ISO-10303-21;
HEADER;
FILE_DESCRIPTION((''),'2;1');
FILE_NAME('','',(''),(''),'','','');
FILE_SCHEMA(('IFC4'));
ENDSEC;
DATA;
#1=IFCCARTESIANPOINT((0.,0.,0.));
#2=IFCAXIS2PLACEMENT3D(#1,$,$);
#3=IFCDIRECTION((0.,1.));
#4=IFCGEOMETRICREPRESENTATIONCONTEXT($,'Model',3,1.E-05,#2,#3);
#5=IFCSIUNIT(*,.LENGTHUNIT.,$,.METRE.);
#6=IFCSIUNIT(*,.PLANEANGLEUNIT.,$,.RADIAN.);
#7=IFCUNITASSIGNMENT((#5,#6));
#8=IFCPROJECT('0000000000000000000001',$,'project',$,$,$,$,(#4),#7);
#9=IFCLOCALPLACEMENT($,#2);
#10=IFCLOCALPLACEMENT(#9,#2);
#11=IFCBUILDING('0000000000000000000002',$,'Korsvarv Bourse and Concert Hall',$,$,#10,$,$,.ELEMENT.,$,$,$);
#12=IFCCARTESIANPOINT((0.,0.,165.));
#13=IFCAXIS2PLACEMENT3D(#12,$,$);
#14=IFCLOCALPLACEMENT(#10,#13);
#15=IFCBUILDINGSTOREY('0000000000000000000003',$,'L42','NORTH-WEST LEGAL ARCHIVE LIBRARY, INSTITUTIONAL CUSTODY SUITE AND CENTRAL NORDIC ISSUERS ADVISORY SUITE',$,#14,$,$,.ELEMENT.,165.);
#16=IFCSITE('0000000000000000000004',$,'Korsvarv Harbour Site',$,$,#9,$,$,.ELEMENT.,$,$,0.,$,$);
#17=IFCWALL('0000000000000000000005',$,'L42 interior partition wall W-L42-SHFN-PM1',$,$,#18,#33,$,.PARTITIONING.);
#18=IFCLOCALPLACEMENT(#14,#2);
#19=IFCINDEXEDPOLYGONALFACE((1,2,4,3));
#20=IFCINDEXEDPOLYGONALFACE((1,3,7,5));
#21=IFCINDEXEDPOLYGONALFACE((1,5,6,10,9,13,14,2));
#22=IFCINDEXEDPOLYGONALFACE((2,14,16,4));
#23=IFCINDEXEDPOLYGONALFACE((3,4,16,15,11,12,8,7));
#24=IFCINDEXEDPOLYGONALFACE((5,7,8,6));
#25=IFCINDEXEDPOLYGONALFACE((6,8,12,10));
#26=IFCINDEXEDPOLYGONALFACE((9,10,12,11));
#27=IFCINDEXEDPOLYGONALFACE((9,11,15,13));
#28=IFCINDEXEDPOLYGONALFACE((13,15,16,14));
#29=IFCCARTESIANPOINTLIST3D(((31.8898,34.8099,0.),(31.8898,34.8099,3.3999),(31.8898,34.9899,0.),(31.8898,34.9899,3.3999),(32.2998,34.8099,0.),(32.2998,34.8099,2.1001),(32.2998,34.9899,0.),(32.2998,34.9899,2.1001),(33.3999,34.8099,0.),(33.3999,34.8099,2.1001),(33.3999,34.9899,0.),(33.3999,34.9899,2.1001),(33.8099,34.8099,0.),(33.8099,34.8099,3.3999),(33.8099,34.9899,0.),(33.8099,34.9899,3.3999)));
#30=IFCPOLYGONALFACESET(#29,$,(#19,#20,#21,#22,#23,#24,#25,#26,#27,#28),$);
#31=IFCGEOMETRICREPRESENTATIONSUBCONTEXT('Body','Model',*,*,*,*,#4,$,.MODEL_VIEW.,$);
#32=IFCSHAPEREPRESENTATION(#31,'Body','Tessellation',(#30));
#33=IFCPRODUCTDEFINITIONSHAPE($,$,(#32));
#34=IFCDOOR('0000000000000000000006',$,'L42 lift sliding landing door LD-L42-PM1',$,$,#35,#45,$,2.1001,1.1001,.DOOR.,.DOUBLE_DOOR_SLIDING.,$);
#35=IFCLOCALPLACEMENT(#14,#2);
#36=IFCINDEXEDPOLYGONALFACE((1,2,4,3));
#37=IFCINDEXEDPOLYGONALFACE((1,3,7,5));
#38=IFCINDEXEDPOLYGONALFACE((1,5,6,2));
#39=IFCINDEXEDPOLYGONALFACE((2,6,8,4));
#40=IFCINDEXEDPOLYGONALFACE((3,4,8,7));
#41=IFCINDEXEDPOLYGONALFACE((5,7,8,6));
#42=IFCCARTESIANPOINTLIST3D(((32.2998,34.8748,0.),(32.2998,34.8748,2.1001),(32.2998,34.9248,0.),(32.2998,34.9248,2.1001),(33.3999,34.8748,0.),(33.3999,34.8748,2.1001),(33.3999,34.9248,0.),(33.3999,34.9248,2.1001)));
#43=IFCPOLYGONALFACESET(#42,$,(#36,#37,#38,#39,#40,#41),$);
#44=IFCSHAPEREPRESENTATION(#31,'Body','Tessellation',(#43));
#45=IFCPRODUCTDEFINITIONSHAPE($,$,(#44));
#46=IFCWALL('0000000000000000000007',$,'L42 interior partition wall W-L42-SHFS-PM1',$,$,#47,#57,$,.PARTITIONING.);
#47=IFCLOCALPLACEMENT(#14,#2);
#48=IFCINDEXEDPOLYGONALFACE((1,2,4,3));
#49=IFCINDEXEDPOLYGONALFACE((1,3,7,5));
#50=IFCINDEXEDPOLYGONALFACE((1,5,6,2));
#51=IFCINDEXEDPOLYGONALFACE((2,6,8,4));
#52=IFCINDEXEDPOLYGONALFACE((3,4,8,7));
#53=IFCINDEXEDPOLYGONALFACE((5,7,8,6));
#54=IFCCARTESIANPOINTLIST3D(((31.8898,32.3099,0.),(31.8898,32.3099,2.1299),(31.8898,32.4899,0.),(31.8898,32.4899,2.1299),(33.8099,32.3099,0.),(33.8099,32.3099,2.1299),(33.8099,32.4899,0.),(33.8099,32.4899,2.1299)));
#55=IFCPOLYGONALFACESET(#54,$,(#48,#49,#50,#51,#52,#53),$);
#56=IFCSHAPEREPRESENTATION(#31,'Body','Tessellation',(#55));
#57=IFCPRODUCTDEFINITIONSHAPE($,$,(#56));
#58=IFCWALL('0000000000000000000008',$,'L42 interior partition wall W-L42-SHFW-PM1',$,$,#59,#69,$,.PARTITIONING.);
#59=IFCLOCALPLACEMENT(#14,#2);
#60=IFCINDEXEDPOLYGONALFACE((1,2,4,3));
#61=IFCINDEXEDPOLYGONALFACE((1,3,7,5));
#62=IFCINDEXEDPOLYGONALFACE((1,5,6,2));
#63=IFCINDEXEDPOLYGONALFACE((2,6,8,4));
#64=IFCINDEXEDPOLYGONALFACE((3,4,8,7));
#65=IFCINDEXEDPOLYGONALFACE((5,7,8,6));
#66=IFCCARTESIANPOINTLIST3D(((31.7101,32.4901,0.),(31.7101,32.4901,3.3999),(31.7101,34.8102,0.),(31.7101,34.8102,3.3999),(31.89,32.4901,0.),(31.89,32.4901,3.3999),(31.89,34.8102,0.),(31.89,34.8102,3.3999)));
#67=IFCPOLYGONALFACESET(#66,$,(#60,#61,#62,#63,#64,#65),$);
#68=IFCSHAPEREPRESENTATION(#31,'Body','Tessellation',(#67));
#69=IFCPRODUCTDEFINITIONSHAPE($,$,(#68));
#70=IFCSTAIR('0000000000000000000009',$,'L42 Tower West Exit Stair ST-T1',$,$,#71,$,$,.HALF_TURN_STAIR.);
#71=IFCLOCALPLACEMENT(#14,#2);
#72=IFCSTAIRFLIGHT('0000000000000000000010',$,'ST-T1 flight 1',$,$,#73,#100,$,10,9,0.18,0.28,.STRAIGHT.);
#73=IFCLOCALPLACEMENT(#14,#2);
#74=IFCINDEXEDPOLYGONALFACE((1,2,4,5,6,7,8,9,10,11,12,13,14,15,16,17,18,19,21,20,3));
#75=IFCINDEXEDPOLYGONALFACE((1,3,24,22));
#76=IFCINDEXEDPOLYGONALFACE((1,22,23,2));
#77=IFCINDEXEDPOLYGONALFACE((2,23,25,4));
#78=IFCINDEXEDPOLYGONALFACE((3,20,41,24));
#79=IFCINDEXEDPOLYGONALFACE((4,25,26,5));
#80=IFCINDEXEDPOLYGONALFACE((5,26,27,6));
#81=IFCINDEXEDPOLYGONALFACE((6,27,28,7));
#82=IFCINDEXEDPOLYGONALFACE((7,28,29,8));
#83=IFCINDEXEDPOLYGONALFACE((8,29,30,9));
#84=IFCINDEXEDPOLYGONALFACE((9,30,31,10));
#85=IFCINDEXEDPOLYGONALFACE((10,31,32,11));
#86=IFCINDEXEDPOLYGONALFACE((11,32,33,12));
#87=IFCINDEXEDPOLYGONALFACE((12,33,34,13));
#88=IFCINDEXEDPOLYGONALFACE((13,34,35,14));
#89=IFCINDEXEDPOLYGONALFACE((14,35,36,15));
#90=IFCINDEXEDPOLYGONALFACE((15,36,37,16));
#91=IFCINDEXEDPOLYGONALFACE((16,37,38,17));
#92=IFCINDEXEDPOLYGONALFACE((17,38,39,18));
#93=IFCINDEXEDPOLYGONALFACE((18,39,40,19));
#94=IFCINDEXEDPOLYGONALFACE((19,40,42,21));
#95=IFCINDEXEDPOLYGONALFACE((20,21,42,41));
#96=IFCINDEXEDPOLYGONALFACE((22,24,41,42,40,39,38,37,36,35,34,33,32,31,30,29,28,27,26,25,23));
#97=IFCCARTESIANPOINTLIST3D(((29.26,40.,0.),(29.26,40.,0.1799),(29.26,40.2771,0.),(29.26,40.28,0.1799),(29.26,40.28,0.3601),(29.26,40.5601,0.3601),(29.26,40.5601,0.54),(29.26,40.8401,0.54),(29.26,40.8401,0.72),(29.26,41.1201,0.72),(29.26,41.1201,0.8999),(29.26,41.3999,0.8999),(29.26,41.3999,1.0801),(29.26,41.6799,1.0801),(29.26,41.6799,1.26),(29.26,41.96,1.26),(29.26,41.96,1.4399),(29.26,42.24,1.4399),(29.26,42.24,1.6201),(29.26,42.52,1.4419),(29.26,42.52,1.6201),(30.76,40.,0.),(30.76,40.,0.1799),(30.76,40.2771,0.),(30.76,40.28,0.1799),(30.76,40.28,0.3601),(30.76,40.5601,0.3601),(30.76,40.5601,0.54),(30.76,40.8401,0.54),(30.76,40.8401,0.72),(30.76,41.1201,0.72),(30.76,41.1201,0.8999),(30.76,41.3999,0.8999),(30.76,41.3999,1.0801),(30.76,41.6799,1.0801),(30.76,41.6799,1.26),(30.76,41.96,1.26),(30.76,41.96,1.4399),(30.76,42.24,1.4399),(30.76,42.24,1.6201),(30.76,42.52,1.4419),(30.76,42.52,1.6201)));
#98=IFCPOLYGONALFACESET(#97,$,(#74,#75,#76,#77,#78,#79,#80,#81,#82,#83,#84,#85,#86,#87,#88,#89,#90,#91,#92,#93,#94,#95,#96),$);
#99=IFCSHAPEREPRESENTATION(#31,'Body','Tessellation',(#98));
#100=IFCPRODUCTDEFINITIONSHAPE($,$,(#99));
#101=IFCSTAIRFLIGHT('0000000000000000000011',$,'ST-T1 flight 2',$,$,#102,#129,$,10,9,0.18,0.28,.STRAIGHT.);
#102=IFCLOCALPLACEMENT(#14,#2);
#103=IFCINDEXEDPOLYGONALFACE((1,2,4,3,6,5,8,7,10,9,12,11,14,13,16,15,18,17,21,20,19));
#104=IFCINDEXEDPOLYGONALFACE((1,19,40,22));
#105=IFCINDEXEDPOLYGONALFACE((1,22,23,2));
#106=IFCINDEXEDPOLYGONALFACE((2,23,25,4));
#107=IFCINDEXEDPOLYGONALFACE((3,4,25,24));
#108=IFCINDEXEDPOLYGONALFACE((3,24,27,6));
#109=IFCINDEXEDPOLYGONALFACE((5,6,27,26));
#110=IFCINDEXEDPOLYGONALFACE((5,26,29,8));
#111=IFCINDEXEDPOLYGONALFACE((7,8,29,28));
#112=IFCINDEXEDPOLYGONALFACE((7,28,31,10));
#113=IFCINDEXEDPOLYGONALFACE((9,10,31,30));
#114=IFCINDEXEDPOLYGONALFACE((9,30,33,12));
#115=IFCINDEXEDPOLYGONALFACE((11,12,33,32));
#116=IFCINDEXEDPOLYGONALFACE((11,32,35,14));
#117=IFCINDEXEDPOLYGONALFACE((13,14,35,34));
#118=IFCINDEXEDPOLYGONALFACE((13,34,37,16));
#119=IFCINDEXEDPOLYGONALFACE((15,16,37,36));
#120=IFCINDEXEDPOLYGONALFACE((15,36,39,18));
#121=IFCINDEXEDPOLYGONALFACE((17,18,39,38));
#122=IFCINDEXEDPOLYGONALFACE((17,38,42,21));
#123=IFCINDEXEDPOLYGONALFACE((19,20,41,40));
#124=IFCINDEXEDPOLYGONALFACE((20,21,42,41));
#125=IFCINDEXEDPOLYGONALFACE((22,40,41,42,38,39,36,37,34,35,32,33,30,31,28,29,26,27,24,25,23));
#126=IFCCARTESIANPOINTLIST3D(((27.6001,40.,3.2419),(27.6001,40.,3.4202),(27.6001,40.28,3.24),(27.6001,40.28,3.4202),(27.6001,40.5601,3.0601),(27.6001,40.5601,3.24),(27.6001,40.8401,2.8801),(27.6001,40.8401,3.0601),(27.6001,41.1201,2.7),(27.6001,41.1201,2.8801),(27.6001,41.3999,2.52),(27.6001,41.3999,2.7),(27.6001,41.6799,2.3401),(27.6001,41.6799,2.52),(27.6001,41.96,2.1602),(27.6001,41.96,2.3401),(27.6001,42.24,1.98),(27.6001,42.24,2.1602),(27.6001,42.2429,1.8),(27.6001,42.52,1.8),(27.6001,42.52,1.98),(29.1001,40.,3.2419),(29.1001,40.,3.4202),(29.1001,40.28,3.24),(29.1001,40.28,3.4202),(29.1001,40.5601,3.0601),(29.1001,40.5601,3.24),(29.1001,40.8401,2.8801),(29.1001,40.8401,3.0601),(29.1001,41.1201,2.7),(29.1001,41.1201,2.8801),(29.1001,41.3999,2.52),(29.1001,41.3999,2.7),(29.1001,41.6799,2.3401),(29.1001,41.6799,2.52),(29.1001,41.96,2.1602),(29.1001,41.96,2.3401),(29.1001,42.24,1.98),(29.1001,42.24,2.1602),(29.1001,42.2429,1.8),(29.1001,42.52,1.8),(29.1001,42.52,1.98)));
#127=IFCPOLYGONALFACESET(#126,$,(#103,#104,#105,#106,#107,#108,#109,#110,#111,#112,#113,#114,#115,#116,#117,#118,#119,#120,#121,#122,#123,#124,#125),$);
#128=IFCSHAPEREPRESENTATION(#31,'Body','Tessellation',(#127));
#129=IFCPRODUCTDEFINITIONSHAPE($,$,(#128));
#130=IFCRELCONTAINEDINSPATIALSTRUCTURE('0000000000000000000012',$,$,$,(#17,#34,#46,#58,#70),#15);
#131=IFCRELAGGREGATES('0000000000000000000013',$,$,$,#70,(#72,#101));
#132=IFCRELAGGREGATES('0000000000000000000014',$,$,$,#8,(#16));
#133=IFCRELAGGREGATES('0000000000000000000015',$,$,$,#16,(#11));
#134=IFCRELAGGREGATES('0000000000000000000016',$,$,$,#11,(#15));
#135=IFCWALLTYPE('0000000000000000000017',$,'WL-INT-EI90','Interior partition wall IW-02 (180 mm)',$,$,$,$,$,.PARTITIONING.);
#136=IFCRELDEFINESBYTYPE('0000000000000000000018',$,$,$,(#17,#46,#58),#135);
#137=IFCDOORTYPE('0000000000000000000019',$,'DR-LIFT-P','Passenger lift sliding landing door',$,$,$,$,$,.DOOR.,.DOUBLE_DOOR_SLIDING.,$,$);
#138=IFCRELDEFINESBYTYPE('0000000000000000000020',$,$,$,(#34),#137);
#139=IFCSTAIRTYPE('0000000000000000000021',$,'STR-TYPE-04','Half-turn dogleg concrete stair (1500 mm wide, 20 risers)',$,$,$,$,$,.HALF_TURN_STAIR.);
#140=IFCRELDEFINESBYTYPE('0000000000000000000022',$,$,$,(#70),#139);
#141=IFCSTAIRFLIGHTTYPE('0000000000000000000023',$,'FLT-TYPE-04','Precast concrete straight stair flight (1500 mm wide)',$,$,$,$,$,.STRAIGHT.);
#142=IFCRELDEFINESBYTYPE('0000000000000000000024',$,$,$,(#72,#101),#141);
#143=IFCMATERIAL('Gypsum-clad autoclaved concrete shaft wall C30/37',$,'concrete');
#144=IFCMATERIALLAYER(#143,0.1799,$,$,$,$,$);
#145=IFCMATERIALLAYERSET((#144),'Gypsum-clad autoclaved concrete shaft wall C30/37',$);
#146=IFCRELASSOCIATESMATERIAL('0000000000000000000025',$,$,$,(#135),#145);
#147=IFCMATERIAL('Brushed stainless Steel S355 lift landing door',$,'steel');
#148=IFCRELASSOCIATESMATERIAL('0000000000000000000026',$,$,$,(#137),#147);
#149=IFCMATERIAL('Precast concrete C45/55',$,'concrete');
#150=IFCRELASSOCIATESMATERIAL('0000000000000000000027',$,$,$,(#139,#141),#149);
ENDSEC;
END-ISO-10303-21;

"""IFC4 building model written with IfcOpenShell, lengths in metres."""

from ifc_helpers import new_model, si_unit, direction, frame, frame_2d, origin, place, context, subcontext, project, spatial, polyline, rectangle, outline, extrude, material, layer, layer_set, type_object, element, fill, aggregate, save


model = new_model("IFC4")

# Units and contexts
model_context = context("Model", 3, precision=1e-05, world=origin(), true_north=direction((0.0, 1.0)))
body_context = subcontext(model_context, "Body", "Model", "MODEL_VIEW")
ifc_project = project(units=[si_unit("LENGTHUNIT", "METRE"), si_unit("PLANEANGLEUNIT", "RADIAN")], contexts=[model_context])

# Site, building, storey
site_placement = place(None, origin())
site = spatial("IfcSite", under=ifc_project, at=site_placement, Name="Korsvarv Harbour Site", CompositionType="ELEMENT", RefElevation=0.0)
building_placement = place(site_placement, origin())
building = spatial("IfcBuilding", under=site, at=building_placement, Name="Korsvarv Bourse and Concert Hall", CompositionType="ELEMENT")
storey_placement = place(building_placement, frame((0.0, 0.0, 165.0)))
storey = spatial("IfcBuildingStorey", under=building, at=storey_placement, Name="L42", Description="NORTH-WEST LEGAL ARCHIVE LIBRARY, INSTITUTIONAL CUSTODY SUITE AND CENTRAL NORDIC ISSUERS ADVISORY SUITE", CompositionType="ELEMENT", Elevation=165.0)

# Wall, opening, door
ifc_material_1 = material(Name="Gypsum-clad autoclaved concrete shaft wall C30/37", Category="concrete")
ifc_layer_1 = layer(ifc_material_1, 0.1799)
ifc_layer_set_1 = layer_set([ifc_layer_1], Name="Gypsum-clad autoclaved concrete shaft wall C30/37")
wall_type_1 = type_object("IfcWallType", Name="WL-INT-EI90", Description="Interior partition wall IW-02 (180 mm)", PredefinedType="PARTITIONING", material=ifc_layer_set_1)
wall_1_placement = place(storey_placement, frame((31.8899, 34.8999, 0.0), z_axis=(0.0, 0.0, 1.0), x_axis=(1.0, 0.0, 0.0)))
wall_1 = element("IfcWall", 1, at=wall_1_placement, inside=storey, type_object=wall_type_1, Name="L42 interior partition wall W-L42-SHFN-PM1", PredefinedType="PARTITIONING", context=body_context, shape_type="SweptSolid", body=[
    extrude(rectangle(XDim=1.9202, YDim=0.1799, at=frame_2d((0.96, 0.0))), origin(), (0.0, 0.0, 1.0), 3.3999),
])
opening_1_placement = place(wall_1_placement, frame((0.4099, 0.0, 0.0)))
opening_1 = element("IfcOpeningElement", 2, at=opening_1_placement, cuts=wall_1, PredefinedType="OPENING", context=body_context, shape_type="SweptSolid", body=[
    extrude(rectangle(XDim=1.1001, YDim=2.1001, at=frame_2d((0.55, 1.05))), frame((0.0, 0.1001, 0.0), z_axis=(0.0, -1.0, 0.0), x_axis=(1.0, 0.0, 0.0)), (0.0, 0.0, 1.0), 0.2),
])
ifc_material_2 = material(Name="Brushed stainless Steel S355 lift landing door", Category="steel")
door_type_1 = type_object("IfcDoorType", Name="DR-LIFT-P", Description="Passenger lift sliding landing door", OperationType="DOUBLE_DOOR_SLIDING", PredefinedType="DOOR", material=ifc_material_2)
door_1_placement = place(opening_1_placement, origin())
door_1 = element("IfcDoor", 3, at=door_1_placement, inside=storey, type_object=door_type_1, Name="L42 lift sliding landing door LD-L42-PM1", OperationType="DOUBLE_DOOR_SLIDING", OverallHeight=2.1001, OverallWidth=1.1001, PredefinedType="DOOR", context=body_context, shape_type="SweptSolid", body=[
    extrude(rectangle(XDim=1.1001, YDim=2.1001, at=frame_2d((0.55, 1.05))), frame((0.0, 0.0249, 0.0), z_axis=(0.0, -1.0, 0.0), x_axis=(1.0, 0.0, 0.0)), (0.0, 0.0, 1.0), 0.05),
])
fill(opening_1, door_1)

# Walls
wall_2_placement = place(storey_placement, frame((31.8899, 32.3999, 0.0), z_axis=(0.0, 0.0, 1.0), x_axis=(1.0, 0.0, 0.0)))
element("IfcWall", 4, at=wall_2_placement, inside=storey, type_object=wall_type_1, Name="L42 interior partition wall W-L42-SHFS-PM1", PredefinedType="PARTITIONING", context=body_context, shape_type="SweptSolid", body=[
    extrude(rectangle(XDim=1.9202, YDim=0.1799, at=frame_2d((0.96, 0.0))), origin(), (0.0, 0.0, 1.0), 2.1299),
])
wall_3_placement = place(storey_placement, frame((31.8, 32.49, 0.0), z_axis=(0.0, 0.0, 1.0), x_axis=(0.0, 1.0, 0.0)))
element("IfcWall", 5, at=wall_3_placement, inside=storey, type_object=wall_type_1, Name="L42 interior partition wall W-L42-SHFW-PM1", PredefinedType="PARTITIONING", context=body_context, shape_type="SweptSolid", body=[
    extrude(rectangle(XDim=2.3201, YDim=0.1799, at=frame_2d((1.1602, 0.0))), origin(), (0.0, 0.0, 1.0), 3.3999),
])

# Stair, stair flights
ifc_material_3 = material(Name="Precast concrete C45/55", Category="concrete")
stair_type = type_object("IfcStairType", Name="STR-TYPE-04", Description="Half-turn dogleg concrete stair (1500 mm wide, 20 risers)", PredefinedType="HALF_TURN_STAIR", material=ifc_material_3)
stair_placement = place(storey_placement, origin())
stair = element("IfcStair", 6, at=stair_placement, inside=storey, type_object=stair_type, Name="L42 Tower West Exit Stair ST-T1", PredefinedType="HALF_TURN_STAIR")
stair_flight_type = type_object("IfcStairFlightType", Name="FLT-TYPE-04", Description="Precast concrete straight stair flight (1500 mm wide)", PredefinedType="STRAIGHT", material=ifc_material_3)
stair_flight_1_placement = place(storey_placement, frame((30.01, 40.0, 0.0), z_axis=(0.0, 0.0, 1.0), x_axis=(0.0, 1.0, 0.0)))
stair_flight_1 = element("IfcStairFlight", 7, at=stair_flight_1_placement, type_object=stair_flight_type, Name="ST-T1 flight 1", NumberOfRisers=10, NumberOfTreads=9, PredefinedType="STRAIGHT", RiserHeight=0.18, TreadLength=0.28, context=body_context, shape_type="SweptSolid", body=[
    extrude(outline(polyline([(0.0, 0.0), (0.0, 0.1799), (0.28, 0.1799), (0.28, 0.3601), (0.5601, 0.3601), (0.5601, 0.54), (0.8401, 0.54), (0.8401, 0.72), (1.1201, 0.72), (1.1201, 0.8999), (1.3999, 0.8999), (1.3999, 1.0801), (1.6799, 1.0801), (1.6799, 1.26), (1.96, 1.26), (1.96, 1.4399), (2.24, 1.4399), (2.24, 1.6201), (2.52, 1.6201), (2.52, 1.8), (2.52, 1.4419), (0.2771, 0.0), (0.0, 0.0)])), frame((0.0, 0.75, 0.0), z_axis=(0.0, -1.0, 0.0), x_axis=(1.0, 0.0, 0.0)), (0.0, 0.0, 1.0), 1.5),
])
stair_flight_2_placement = place(storey_placement, frame((28.3501, 42.52, 1.8), z_axis=(0.0, 0.0, 1.0), x_axis=(0.0, -1.0, 0.0)))
stair_flight_2 = element("IfcStairFlight", 8, at=stair_flight_2_placement, type_object=stair_flight_type, Name="ST-T1 flight 2", NumberOfRisers=10, NumberOfTreads=9, PredefinedType="STRAIGHT", RiserHeight=0.18, TreadLength=0.28, context=body_context, shape_type="SweptSolid", body=[
    extrude(outline(polyline([(0.0, 0.0), (0.0, 0.1799), (0.28, 0.1799), (0.28, 0.3601), (0.5601, 0.3601), (0.5601, 0.54), (0.8401, 0.54), (0.8401, 0.72), (1.1201, 0.72), (1.1201, 0.8999), (1.3999, 0.8999), (1.3999, 1.0801), (1.6799, 1.0801), (1.6799, 1.26), (1.96, 1.26), (1.96, 1.4399), (2.24, 1.4399), (2.24, 1.6201), (2.52, 1.6201), (2.52, 1.8), (2.52, 1.4419), (0.2771, 0.0), (0.0, 0.0)])), frame((0.0, 0.75, 0.0), z_axis=(0.0, -1.0, 0.0), x_axis=(1.0, 0.0, 0.0)), (0.0, 0.0, 1.0), 1.5),
])
aggregate(stair, [stair_flight_1, stair_flight_2])

save(model, "model.ifc")
